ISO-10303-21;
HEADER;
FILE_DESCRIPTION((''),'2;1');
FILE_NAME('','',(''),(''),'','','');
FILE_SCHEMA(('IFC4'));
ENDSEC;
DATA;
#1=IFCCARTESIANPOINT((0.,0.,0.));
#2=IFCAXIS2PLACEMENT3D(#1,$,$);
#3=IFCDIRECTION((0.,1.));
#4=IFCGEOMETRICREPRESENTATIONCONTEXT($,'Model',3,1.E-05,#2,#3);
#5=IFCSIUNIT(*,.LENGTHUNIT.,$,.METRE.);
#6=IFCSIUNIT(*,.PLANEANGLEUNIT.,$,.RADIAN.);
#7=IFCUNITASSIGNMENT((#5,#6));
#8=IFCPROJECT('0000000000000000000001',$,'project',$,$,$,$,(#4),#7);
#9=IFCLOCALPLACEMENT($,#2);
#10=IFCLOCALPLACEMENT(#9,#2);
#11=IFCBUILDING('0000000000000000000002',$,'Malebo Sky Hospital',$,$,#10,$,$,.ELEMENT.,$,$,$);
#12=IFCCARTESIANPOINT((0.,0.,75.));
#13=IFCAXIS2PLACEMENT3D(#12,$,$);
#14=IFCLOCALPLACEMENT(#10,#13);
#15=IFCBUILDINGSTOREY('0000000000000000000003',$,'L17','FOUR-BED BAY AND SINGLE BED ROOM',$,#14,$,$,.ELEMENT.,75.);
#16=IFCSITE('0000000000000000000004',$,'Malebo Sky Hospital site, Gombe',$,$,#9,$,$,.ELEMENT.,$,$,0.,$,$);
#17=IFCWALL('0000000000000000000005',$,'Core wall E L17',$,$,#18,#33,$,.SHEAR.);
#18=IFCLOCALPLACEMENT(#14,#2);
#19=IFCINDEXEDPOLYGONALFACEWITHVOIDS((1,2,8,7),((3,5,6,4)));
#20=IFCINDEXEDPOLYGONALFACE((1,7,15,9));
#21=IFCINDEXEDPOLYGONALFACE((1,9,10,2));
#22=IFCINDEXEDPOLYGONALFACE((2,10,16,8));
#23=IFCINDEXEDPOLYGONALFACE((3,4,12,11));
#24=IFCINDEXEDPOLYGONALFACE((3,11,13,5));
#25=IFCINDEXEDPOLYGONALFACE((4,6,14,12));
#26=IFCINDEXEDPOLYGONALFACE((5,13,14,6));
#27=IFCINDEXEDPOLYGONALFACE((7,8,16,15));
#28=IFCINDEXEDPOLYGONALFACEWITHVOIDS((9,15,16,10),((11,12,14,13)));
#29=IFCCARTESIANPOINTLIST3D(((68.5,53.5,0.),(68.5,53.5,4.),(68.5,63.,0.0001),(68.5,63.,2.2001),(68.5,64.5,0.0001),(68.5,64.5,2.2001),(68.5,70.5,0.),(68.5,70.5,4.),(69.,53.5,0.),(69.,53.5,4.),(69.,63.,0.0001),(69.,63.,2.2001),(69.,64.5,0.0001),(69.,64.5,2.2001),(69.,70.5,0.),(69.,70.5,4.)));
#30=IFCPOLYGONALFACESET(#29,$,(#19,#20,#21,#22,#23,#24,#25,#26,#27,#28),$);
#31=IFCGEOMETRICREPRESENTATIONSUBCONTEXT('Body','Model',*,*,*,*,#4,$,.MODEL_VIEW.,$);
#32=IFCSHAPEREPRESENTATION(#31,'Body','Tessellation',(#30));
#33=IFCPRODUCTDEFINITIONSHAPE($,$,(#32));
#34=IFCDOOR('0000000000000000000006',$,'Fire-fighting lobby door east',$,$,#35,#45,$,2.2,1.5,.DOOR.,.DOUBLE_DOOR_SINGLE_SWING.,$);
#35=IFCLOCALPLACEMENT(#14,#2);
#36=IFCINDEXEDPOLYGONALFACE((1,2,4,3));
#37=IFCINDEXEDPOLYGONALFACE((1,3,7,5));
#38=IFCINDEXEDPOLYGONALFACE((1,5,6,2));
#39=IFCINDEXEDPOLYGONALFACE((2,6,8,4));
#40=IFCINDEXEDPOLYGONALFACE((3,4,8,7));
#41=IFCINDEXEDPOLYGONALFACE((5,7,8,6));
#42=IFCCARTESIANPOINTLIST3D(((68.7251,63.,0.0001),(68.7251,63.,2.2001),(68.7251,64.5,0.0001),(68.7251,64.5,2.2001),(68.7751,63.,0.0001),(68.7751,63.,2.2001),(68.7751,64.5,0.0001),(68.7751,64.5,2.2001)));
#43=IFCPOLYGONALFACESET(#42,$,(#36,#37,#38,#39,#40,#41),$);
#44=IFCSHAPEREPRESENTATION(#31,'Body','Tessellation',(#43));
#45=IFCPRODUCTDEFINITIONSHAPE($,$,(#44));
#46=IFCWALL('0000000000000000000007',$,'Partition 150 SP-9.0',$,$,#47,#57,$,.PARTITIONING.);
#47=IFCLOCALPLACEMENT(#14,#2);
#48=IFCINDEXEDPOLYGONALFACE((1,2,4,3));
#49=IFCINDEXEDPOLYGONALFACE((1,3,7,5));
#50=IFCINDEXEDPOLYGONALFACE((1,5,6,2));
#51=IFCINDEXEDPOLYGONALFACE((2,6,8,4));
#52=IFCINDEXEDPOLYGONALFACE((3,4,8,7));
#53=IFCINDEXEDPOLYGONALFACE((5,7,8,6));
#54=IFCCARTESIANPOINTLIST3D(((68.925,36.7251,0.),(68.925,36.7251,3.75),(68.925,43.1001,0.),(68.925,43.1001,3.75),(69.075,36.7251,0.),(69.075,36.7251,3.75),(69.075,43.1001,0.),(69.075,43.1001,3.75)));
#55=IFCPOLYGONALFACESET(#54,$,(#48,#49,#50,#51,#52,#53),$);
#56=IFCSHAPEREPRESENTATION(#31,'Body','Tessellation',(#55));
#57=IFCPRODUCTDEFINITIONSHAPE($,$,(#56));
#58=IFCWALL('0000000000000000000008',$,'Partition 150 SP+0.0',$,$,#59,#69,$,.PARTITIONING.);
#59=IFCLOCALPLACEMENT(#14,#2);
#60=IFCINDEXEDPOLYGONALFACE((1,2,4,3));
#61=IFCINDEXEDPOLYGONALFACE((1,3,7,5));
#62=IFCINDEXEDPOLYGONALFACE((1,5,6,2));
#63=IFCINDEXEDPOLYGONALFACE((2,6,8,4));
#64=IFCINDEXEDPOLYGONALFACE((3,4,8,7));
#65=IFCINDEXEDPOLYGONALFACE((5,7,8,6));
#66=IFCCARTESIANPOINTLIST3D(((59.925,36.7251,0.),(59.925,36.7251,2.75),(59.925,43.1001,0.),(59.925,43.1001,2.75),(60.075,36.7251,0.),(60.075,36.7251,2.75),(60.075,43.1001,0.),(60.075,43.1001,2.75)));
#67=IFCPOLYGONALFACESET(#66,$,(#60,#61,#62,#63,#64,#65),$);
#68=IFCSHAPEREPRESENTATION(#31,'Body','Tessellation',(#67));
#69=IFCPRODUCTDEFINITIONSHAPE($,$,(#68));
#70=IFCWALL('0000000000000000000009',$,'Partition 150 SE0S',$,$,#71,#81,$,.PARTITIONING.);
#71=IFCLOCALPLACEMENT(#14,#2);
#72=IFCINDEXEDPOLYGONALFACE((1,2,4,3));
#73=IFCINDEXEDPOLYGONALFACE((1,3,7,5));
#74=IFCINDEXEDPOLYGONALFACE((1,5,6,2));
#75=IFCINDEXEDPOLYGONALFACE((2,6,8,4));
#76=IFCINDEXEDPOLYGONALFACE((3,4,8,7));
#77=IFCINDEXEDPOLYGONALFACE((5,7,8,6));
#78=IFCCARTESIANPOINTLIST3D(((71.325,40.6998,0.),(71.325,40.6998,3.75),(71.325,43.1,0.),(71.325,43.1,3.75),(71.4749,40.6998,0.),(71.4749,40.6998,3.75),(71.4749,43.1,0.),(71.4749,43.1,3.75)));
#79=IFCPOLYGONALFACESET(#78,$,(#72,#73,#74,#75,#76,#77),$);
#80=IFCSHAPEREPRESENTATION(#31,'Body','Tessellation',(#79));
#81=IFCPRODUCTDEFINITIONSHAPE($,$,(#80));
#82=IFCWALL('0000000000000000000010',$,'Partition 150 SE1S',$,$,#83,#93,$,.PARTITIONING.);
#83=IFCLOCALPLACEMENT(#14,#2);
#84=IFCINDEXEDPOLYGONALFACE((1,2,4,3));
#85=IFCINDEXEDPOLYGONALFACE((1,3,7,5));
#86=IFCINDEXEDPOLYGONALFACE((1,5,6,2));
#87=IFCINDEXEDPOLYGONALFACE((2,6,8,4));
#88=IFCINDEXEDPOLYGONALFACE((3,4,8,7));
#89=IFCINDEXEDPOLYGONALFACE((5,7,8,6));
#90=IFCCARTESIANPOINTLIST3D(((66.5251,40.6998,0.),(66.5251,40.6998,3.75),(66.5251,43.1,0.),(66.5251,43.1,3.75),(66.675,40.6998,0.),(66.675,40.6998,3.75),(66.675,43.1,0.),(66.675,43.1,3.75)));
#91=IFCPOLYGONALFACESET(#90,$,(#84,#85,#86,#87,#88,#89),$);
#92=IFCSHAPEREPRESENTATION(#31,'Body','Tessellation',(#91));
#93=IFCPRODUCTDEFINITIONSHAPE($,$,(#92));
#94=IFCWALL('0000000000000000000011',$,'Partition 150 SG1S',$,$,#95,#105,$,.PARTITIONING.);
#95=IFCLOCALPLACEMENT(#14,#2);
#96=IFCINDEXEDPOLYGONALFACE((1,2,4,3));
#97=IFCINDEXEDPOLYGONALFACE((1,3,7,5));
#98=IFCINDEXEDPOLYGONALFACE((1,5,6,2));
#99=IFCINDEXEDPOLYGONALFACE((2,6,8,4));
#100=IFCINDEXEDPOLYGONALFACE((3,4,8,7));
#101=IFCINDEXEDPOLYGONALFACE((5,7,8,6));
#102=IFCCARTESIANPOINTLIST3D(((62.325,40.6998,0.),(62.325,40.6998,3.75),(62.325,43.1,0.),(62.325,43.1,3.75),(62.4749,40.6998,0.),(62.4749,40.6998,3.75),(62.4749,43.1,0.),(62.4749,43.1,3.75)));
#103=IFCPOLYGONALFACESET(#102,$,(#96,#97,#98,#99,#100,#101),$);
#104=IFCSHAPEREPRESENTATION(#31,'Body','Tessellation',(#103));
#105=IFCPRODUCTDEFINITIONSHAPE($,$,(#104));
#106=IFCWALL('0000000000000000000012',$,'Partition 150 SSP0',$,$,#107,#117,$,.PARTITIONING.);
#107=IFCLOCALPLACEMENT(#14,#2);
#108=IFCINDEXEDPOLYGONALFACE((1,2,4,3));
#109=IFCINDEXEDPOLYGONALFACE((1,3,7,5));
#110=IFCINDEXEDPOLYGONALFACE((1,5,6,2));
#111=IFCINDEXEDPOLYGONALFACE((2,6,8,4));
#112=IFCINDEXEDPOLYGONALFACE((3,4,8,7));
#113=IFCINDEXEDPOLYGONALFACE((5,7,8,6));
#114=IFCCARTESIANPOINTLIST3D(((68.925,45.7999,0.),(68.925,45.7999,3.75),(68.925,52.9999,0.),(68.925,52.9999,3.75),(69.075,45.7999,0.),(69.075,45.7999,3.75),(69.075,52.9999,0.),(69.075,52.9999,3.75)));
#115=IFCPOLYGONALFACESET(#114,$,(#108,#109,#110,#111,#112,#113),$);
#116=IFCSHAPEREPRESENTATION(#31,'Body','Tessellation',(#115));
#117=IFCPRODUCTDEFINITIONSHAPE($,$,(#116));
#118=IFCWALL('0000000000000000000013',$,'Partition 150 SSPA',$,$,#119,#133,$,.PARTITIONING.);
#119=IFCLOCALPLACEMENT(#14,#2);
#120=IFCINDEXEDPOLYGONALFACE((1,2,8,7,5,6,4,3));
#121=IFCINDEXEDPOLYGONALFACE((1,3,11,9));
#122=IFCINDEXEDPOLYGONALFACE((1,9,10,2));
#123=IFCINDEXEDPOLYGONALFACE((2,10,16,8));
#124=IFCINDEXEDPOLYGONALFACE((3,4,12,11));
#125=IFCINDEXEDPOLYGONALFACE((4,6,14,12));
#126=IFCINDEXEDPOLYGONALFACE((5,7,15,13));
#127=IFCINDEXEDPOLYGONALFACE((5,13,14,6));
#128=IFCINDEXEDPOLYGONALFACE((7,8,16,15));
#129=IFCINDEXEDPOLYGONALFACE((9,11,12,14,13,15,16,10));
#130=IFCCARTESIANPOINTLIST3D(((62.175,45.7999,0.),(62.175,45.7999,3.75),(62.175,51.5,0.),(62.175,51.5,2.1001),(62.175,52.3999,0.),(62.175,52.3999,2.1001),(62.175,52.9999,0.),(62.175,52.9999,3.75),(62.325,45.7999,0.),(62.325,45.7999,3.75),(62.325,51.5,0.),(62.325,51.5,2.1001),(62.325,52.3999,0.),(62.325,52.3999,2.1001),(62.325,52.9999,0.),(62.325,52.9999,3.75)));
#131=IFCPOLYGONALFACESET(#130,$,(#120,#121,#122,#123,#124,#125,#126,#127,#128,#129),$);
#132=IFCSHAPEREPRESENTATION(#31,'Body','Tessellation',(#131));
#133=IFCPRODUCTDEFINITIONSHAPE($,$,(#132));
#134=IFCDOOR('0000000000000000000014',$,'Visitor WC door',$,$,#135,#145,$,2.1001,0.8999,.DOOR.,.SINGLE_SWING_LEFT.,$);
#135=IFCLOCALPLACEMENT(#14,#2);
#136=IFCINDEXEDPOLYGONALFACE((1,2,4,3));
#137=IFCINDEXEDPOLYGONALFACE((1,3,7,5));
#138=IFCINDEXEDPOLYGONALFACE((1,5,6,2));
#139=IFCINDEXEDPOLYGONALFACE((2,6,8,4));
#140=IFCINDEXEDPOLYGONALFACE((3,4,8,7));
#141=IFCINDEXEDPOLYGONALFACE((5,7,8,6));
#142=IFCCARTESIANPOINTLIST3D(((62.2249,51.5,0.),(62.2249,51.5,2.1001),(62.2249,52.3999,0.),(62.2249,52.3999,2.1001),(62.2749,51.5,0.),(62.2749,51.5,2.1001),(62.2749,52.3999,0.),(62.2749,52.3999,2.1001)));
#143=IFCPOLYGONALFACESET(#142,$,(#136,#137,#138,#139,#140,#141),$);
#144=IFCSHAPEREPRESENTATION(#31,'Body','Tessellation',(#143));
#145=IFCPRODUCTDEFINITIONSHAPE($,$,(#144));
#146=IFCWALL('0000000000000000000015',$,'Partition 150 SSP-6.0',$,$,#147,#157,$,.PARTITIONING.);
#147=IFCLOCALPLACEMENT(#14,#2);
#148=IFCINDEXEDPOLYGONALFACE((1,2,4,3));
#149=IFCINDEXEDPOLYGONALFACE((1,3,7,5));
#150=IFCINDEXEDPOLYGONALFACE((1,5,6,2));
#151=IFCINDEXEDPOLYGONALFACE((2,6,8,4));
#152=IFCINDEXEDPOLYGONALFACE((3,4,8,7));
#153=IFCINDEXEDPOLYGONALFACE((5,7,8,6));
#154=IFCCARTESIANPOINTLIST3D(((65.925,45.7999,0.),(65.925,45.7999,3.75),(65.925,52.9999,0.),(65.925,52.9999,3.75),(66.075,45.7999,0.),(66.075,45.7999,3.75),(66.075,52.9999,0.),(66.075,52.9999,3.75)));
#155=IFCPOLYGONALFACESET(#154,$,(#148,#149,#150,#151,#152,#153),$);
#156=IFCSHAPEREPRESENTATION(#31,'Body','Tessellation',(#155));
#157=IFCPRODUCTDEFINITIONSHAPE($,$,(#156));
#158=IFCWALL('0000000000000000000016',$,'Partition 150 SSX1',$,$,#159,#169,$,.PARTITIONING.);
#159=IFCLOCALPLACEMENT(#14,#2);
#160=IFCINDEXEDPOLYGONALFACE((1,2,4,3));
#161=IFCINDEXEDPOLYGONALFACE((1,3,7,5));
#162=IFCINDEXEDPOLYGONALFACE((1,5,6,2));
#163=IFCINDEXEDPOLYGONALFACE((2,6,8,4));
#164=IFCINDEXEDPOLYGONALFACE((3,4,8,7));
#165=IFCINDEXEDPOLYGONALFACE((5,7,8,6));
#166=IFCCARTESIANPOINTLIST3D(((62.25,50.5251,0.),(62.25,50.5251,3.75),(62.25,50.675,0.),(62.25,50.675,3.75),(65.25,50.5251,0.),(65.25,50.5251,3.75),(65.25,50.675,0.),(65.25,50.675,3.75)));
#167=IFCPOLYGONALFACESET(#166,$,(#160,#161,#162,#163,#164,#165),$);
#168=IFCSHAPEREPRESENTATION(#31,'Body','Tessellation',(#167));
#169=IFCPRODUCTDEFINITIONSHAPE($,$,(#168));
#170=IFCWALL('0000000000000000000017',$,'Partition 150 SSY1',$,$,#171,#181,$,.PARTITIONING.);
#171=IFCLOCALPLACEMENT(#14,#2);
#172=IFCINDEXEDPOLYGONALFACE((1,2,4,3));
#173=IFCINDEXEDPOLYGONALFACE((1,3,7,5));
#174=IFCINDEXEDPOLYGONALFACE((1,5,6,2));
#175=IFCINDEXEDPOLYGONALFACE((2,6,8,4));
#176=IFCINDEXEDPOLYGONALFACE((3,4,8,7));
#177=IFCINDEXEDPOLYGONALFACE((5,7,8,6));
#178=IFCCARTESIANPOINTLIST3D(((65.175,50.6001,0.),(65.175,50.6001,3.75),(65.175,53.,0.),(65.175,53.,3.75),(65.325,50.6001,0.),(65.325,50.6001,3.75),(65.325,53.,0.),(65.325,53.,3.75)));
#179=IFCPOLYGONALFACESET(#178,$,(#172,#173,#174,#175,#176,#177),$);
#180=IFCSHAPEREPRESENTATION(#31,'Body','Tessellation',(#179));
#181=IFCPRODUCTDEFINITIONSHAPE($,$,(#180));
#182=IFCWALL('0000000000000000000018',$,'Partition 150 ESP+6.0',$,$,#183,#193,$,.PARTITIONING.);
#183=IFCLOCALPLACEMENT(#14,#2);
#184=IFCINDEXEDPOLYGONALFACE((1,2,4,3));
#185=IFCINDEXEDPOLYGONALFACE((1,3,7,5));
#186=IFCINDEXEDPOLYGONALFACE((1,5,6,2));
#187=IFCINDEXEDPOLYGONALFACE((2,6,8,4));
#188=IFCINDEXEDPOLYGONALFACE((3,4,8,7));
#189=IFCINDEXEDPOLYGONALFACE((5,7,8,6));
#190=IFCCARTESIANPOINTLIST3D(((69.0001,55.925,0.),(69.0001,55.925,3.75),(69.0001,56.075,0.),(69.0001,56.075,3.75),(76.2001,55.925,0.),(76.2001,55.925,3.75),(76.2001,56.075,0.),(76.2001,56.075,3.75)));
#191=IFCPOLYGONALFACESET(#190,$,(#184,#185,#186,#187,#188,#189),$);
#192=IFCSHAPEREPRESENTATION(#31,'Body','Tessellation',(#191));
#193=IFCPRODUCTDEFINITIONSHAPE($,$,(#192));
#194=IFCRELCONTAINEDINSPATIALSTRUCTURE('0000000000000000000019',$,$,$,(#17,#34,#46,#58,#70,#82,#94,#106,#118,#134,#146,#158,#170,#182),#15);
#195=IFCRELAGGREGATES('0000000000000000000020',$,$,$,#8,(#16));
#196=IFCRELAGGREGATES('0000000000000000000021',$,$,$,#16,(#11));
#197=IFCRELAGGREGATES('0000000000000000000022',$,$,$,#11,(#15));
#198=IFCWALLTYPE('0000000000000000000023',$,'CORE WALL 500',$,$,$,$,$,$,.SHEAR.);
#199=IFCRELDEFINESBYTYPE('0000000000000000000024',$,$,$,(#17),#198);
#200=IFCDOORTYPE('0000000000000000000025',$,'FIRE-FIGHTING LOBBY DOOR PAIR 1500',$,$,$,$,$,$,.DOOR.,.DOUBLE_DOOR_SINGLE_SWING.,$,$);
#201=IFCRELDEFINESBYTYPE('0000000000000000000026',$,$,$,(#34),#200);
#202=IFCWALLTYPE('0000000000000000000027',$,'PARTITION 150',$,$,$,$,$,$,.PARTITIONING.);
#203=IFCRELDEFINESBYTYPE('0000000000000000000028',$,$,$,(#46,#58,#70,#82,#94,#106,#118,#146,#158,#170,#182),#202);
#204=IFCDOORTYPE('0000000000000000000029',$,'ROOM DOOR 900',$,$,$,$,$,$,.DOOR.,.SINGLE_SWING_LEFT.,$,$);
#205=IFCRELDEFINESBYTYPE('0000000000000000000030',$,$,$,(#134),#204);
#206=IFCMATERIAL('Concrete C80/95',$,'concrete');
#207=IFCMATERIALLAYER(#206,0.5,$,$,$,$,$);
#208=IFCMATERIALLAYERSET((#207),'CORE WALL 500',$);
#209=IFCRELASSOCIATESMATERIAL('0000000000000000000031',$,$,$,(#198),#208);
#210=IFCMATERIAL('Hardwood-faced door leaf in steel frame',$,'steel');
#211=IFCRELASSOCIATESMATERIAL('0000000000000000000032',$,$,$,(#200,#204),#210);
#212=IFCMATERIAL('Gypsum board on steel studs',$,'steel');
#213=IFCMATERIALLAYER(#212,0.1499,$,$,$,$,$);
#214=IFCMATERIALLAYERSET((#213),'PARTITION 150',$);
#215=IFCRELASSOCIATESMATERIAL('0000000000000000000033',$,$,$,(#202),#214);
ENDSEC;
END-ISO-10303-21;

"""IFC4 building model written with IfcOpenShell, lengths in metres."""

from ifc_helpers import new_model, si_unit, direction, frame, frame_2d, origin, place, context, subcontext, project, spatial, rectangle, extrude, material, layer, layer_set, type_object, element, fill, save


model = new_model("IFC4")

# Units and contexts
model_context = context("Model", 3, precision=1e-05, world=origin(), true_north=direction((0.0, 1.0)))
body_context = subcontext(model_context, "Body", "Model", "MODEL_VIEW")
ifc_project = project(units=[si_unit("LENGTHUNIT", "METRE"), si_unit("PLANEANGLEUNIT", "RADIAN")], contexts=[model_context])

# Site, building, storey
site_placement = place(None, origin())
site = spatial("IfcSite", under=ifc_project, at=site_placement, Name="Malebo Sky Hospital site, Gombe", CompositionType="ELEMENT", RefElevation=0.0)
building_placement = place(site_placement, origin())
building = spatial("IfcBuilding", under=site, at=building_placement, Name="Malebo Sky Hospital", CompositionType="ELEMENT")
storey_placement = place(building_placement, frame((0.0, 0.0, 75.0)))
storey = spatial("IfcBuildingStorey", under=building, at=storey_placement, Name="L17", Description="FOUR-BED BAY AND SINGLE BED ROOM", CompositionType="ELEMENT", Elevation=75.0)

# Shared definitions
ifc_material_1 = material(Name="Concrete C80/95", Category="concrete")

# Wall, opening, door
ifc_material_2 = material(Name="Hardwood-faced door leaf in steel frame", Category="steel")
ifc_layer_1 = layer(ifc_material_1, 0.5)
ifc_layer_set_1 = layer_set([ifc_layer_1], Name="CORE WALL 500")
wall_type_1 = type_object("IfcWallType", Name="CORE WALL 500", PredefinedType="SHEAR", material=ifc_layer_set_1)
wall_1_placement = place(storey_placement, frame((68.75, 53.5, 0.0), z_axis=(0.0, 0.0, 1.0), x_axis=(0.0, 1.0, 0.0)))
wall_1 = element("IfcWall", 1, at=wall_1_placement, inside=storey, type_object=wall_type_1, Name="Core wall E L17", PredefinedType="SHEAR", context=body_context, shape_type="SweptSolid", body=[
    extrude(rectangle(XDim=17.0, YDim=0.5, at=frame_2d((8.5, 0.0))), origin(), (0.0, 0.0, 1.0), 4.0),
])
opening_1_placement = place(wall_1_placement, frame((9.5, 0.0, 0.0)))
opening_1 = element("IfcOpeningElement", 2, at=opening_1_placement, cuts=wall_1, PredefinedType="OPENING", context=body_context, shape_type="SweptSolid", body=[
    extrude(rectangle(XDim=1.5, YDim=2.2, at=frame_2d((0.75, 1.1001))), frame((0.0, 0.26, 0.0), z_axis=(0.0, -1.0, 0.0), x_axis=(1.0, 0.0, 0.0)), (0.0, 0.0, 1.0), 0.52),
])
door_type_1 = type_object("IfcDoorType", Name="FIRE-FIGHTING LOBBY DOOR PAIR 1500", OperationType="DOUBLE_DOOR_SINGLE_SWING", PredefinedType="DOOR", material=ifc_material_2)
door_1_placement = place(opening_1_placement, origin())
door_1 = element("IfcDoor", 3, at=door_1_placement, inside=storey, type_object=door_type_1, Name="Fire-fighting lobby door east", OperationType="DOUBLE_DOOR_SINGLE_SWING", OverallHeight=2.2, OverallWidth=1.5, PredefinedType="DOOR", context=body_context, shape_type="SweptSolid", body=[
    extrude(rectangle(XDim=1.5, YDim=2.2, at=frame_2d((0.75, 1.1001))), frame((0.0, 0.0249, 0.0), z_axis=(0.0, -1.0, 0.0), x_axis=(1.0, 0.0, 0.0)), (0.0, 0.0, 1.0), 0.05),
])
fill(opening_1, door_1)

# Walls
ifc_material_3 = material(Name="Gypsum board on steel studs", Category="steel")
ifc_layer_2 = layer(ifc_material_3, 0.1499)
ifc_layer_set_2 = layer_set([ifc_layer_2], Name="PARTITION 150")
wall_type_2 = type_object("IfcWallType", Name="PARTITION 150", PredefinedType="PARTITIONING", material=ifc_layer_set_2)
wall_2_placement = place(storey_placement, frame((69.0, 43.1001, 0.0), z_axis=(0.0, 0.0, 1.0), x_axis=(0.0, -1.0, 0.0)))
element("IfcWall", 4, at=wall_2_placement, inside=storey, type_object=wall_type_2, Name="Partition 150 SP-9.0", PredefinedType="PARTITIONING", context=body_context, shape_type="SweptSolid", body=[
    extrude(rectangle(XDim=6.375, YDim=0.1499, at=frame_2d((3.1875, 0.0))), origin(), (0.0, 0.0, 1.0), 3.75),
])
wall_3_placement = place(storey_placement, frame((60.0, 43.1001, 0.0), z_axis=(0.0, 0.0, 1.0), x_axis=(0.0, -1.0, 0.0)))
element("IfcWall", 5, at=wall_3_placement, inside=storey, type_object=wall_type_2, Name="Partition 150 SP+0.0", PredefinedType="PARTITIONING", context=body_context, shape_type="SweptSolid", body=[
    extrude(rectangle(XDim=6.375, YDim=0.1499, at=frame_2d((3.1875, 0.0))), origin(), (0.0, 0.0, 1.0), 2.75),
])
for number, where, z_axis, x_axis, name in (
    (6, (71.3999, 43.1001, 0.0), (0.0, 0.0, 1.0), (0.0, -1.0, 0.0), "Partition 150 SE0S"),
    (7, (66.6001, 43.1001, 0.0), (0.0, 0.0, 1.0), (0.0, -1.0, 0.0), "Partition 150 SE1S"),
    (8, (62.3999, 43.1001, 0.0), (0.0, 0.0, 1.0), (0.0, -1.0, 0.0), "Partition 150 SG1S"),
):
    element("IfcWall", number, at=place(storey_placement, frame(where, z_axis=z_axis, x_axis=x_axis)), inside=storey, type_object=wall_type_2, Name=name, PredefinedType="PARTITIONING", context=body_context, shape_type="SweptSolid", body=[
        extrude(rectangle(XDim=2.4001, YDim=0.1499, at=frame_2d((1.2002, 0.0))), origin(), (0.0, 0.0, 1.0), 3.75),
    ])
wall_4_placement = place(storey_placement, frame((69.0, 53.0, 0.0), z_axis=(0.0, 0.0, 1.0), x_axis=(0.0, -1.0, 0.0)))
element("IfcWall", 9, at=wall_4_placement, inside=storey, type_object=wall_type_2, Name="Partition 150 SSP0", PredefinedType="PARTITIONING", context=body_context, shape_type="SweptSolid", body=[
    extrude(rectangle(XDim=7.2, YDim=0.1499, at=frame_2d((3.6001, 0.0))), origin(), (0.0, 0.0, 1.0), 3.75),
])

# Wall, opening, door
wall_5_placement = place(storey_placement, frame((62.25, 53.0, 0.0), z_axis=(0.0, 0.0, 1.0), x_axis=(0.0, -1.0, 0.0)))
wall_5 = element("IfcWall", 10, at=wall_5_placement, inside=storey, type_object=wall_type_2, Name="Partition 150 SSPA", PredefinedType="PARTITIONING", context=body_context, shape_type="SweptSolid", body=[
    extrude(rectangle(XDim=7.2, YDim=0.1499, at=frame_2d((3.6001, 0.0))), origin(), (0.0, 0.0, 1.0), 3.75),
])
opening_2_placement = place(wall_5_placement, frame((0.6001, 0.0, 0.0)))
opening_2 = element("IfcOpeningElement", 11, at=opening_2_placement, cuts=wall_5, PredefinedType="OPENING", context=body_context, shape_type="SweptSolid", body=[
    extrude(rectangle(XDim=0.8999, YDim=2.1001, at=frame_2d((0.45, 1.05))), frame((0.0, 0.085, 0.0), z_axis=(0.0, -1.0, 0.0), x_axis=(1.0, 0.0, 0.0)), (0.0, 0.0, 1.0), 0.1699),
])
door_type_2 = type_object("IfcDoorType", Name="ROOM DOOR 900", OperationType="SINGLE_SWING_LEFT", PredefinedType="DOOR", material=ifc_material_2)
door_2_placement = place(opening_2_placement, origin())
door_2 = element("IfcDoor", 12, at=door_2_placement, inside=storey, type_object=door_type_2, Name="Visitor WC door", OperationType="SINGLE_SWING_LEFT", OverallHeight=2.1001, OverallWidth=0.8999, PredefinedType="DOOR", context=body_context, shape_type="SweptSolid", body=[
    extrude(rectangle(XDim=0.8999, YDim=2.1001, at=frame_2d((0.45, 1.05))), frame((0.0, 0.0249, 0.0), z_axis=(0.0, -1.0, 0.0), x_axis=(1.0, 0.0, 0.0)), (0.0, 0.0, 1.0), 0.05),
])
fill(opening_2, door_2)

# Walls
wall_6_placement = place(storey_placement, frame((66.0, 53.0, 0.0), z_axis=(0.0, 0.0, 1.0), x_axis=(0.0, -1.0, 0.0)))
element("IfcWall", 13, at=wall_6_placement, inside=storey, type_object=wall_type_2, Name="Partition 150 SSP-6.0", PredefinedType="PARTITIONING", context=body_context, shape_type="SweptSolid", body=[
    extrude(rectangle(XDim=7.2, YDim=0.1499, at=frame_2d((3.6001, 0.0))), origin(), (0.0, 0.0, 1.0), 3.75),
])
wall_7_placement = place(storey_placement, frame((65.25, 50.6001, 0.0), z_axis=(0.0, 0.0, 1.0), x_axis=(-1.0, 0.0, 0.0)))
element("IfcWall", 14, at=wall_7_placement, inside=storey, type_object=wall_type_2, Name="Partition 150 SSX1", PredefinedType="PARTITIONING", context=body_context, shape_type="SweptSolid", body=[
    extrude(rectangle(XDim=3.0, YDim=0.1499, at=frame_2d((1.5, 0.0))), origin(), (0.0, 0.0, 1.0), 3.75),
])
wall_8_placement = place(storey_placement, frame((65.25, 53.0, 0.0), z_axis=(0.0, 0.0, 1.0), x_axis=(0.0, -1.0, 0.0)))
element("IfcWall", 15, at=wall_8_placement, inside=storey, type_object=wall_type_2, Name="Partition 150 SSY1", PredefinedType="PARTITIONING", context=body_context, shape_type="SweptSolid", body=[
    extrude(rectangle(XDim=2.3999, YDim=0.1499, at=frame_2d((1.2, 0.0))), origin(), (0.0, 0.0, 1.0), 3.75),
])
for number, where, z_axis, x_axis, name in (
    (16, (69.0, 56.0, 0.0), (0.0, 0.0, 1.0), (1.0, 0.0, 0.0), "Partition 150 ESP+6.0"),
):
    element("IfcWall", number, at=place(storey_placement, frame(where, z_axis=z_axis, x_axis=x_axis)), inside=storey, type_object=wall_type_2, Name=name, PredefinedType="PARTITIONING", context=body_context, shape_type="SweptSolid", body=[
        extrude(rectangle(XDim=7.2, YDim=0.1499, at=frame_2d((3.6001, 0.0))), origin(), (0.0, 0.0, 1.0), 3.75),
    ])

save(model, "model.ifc")
